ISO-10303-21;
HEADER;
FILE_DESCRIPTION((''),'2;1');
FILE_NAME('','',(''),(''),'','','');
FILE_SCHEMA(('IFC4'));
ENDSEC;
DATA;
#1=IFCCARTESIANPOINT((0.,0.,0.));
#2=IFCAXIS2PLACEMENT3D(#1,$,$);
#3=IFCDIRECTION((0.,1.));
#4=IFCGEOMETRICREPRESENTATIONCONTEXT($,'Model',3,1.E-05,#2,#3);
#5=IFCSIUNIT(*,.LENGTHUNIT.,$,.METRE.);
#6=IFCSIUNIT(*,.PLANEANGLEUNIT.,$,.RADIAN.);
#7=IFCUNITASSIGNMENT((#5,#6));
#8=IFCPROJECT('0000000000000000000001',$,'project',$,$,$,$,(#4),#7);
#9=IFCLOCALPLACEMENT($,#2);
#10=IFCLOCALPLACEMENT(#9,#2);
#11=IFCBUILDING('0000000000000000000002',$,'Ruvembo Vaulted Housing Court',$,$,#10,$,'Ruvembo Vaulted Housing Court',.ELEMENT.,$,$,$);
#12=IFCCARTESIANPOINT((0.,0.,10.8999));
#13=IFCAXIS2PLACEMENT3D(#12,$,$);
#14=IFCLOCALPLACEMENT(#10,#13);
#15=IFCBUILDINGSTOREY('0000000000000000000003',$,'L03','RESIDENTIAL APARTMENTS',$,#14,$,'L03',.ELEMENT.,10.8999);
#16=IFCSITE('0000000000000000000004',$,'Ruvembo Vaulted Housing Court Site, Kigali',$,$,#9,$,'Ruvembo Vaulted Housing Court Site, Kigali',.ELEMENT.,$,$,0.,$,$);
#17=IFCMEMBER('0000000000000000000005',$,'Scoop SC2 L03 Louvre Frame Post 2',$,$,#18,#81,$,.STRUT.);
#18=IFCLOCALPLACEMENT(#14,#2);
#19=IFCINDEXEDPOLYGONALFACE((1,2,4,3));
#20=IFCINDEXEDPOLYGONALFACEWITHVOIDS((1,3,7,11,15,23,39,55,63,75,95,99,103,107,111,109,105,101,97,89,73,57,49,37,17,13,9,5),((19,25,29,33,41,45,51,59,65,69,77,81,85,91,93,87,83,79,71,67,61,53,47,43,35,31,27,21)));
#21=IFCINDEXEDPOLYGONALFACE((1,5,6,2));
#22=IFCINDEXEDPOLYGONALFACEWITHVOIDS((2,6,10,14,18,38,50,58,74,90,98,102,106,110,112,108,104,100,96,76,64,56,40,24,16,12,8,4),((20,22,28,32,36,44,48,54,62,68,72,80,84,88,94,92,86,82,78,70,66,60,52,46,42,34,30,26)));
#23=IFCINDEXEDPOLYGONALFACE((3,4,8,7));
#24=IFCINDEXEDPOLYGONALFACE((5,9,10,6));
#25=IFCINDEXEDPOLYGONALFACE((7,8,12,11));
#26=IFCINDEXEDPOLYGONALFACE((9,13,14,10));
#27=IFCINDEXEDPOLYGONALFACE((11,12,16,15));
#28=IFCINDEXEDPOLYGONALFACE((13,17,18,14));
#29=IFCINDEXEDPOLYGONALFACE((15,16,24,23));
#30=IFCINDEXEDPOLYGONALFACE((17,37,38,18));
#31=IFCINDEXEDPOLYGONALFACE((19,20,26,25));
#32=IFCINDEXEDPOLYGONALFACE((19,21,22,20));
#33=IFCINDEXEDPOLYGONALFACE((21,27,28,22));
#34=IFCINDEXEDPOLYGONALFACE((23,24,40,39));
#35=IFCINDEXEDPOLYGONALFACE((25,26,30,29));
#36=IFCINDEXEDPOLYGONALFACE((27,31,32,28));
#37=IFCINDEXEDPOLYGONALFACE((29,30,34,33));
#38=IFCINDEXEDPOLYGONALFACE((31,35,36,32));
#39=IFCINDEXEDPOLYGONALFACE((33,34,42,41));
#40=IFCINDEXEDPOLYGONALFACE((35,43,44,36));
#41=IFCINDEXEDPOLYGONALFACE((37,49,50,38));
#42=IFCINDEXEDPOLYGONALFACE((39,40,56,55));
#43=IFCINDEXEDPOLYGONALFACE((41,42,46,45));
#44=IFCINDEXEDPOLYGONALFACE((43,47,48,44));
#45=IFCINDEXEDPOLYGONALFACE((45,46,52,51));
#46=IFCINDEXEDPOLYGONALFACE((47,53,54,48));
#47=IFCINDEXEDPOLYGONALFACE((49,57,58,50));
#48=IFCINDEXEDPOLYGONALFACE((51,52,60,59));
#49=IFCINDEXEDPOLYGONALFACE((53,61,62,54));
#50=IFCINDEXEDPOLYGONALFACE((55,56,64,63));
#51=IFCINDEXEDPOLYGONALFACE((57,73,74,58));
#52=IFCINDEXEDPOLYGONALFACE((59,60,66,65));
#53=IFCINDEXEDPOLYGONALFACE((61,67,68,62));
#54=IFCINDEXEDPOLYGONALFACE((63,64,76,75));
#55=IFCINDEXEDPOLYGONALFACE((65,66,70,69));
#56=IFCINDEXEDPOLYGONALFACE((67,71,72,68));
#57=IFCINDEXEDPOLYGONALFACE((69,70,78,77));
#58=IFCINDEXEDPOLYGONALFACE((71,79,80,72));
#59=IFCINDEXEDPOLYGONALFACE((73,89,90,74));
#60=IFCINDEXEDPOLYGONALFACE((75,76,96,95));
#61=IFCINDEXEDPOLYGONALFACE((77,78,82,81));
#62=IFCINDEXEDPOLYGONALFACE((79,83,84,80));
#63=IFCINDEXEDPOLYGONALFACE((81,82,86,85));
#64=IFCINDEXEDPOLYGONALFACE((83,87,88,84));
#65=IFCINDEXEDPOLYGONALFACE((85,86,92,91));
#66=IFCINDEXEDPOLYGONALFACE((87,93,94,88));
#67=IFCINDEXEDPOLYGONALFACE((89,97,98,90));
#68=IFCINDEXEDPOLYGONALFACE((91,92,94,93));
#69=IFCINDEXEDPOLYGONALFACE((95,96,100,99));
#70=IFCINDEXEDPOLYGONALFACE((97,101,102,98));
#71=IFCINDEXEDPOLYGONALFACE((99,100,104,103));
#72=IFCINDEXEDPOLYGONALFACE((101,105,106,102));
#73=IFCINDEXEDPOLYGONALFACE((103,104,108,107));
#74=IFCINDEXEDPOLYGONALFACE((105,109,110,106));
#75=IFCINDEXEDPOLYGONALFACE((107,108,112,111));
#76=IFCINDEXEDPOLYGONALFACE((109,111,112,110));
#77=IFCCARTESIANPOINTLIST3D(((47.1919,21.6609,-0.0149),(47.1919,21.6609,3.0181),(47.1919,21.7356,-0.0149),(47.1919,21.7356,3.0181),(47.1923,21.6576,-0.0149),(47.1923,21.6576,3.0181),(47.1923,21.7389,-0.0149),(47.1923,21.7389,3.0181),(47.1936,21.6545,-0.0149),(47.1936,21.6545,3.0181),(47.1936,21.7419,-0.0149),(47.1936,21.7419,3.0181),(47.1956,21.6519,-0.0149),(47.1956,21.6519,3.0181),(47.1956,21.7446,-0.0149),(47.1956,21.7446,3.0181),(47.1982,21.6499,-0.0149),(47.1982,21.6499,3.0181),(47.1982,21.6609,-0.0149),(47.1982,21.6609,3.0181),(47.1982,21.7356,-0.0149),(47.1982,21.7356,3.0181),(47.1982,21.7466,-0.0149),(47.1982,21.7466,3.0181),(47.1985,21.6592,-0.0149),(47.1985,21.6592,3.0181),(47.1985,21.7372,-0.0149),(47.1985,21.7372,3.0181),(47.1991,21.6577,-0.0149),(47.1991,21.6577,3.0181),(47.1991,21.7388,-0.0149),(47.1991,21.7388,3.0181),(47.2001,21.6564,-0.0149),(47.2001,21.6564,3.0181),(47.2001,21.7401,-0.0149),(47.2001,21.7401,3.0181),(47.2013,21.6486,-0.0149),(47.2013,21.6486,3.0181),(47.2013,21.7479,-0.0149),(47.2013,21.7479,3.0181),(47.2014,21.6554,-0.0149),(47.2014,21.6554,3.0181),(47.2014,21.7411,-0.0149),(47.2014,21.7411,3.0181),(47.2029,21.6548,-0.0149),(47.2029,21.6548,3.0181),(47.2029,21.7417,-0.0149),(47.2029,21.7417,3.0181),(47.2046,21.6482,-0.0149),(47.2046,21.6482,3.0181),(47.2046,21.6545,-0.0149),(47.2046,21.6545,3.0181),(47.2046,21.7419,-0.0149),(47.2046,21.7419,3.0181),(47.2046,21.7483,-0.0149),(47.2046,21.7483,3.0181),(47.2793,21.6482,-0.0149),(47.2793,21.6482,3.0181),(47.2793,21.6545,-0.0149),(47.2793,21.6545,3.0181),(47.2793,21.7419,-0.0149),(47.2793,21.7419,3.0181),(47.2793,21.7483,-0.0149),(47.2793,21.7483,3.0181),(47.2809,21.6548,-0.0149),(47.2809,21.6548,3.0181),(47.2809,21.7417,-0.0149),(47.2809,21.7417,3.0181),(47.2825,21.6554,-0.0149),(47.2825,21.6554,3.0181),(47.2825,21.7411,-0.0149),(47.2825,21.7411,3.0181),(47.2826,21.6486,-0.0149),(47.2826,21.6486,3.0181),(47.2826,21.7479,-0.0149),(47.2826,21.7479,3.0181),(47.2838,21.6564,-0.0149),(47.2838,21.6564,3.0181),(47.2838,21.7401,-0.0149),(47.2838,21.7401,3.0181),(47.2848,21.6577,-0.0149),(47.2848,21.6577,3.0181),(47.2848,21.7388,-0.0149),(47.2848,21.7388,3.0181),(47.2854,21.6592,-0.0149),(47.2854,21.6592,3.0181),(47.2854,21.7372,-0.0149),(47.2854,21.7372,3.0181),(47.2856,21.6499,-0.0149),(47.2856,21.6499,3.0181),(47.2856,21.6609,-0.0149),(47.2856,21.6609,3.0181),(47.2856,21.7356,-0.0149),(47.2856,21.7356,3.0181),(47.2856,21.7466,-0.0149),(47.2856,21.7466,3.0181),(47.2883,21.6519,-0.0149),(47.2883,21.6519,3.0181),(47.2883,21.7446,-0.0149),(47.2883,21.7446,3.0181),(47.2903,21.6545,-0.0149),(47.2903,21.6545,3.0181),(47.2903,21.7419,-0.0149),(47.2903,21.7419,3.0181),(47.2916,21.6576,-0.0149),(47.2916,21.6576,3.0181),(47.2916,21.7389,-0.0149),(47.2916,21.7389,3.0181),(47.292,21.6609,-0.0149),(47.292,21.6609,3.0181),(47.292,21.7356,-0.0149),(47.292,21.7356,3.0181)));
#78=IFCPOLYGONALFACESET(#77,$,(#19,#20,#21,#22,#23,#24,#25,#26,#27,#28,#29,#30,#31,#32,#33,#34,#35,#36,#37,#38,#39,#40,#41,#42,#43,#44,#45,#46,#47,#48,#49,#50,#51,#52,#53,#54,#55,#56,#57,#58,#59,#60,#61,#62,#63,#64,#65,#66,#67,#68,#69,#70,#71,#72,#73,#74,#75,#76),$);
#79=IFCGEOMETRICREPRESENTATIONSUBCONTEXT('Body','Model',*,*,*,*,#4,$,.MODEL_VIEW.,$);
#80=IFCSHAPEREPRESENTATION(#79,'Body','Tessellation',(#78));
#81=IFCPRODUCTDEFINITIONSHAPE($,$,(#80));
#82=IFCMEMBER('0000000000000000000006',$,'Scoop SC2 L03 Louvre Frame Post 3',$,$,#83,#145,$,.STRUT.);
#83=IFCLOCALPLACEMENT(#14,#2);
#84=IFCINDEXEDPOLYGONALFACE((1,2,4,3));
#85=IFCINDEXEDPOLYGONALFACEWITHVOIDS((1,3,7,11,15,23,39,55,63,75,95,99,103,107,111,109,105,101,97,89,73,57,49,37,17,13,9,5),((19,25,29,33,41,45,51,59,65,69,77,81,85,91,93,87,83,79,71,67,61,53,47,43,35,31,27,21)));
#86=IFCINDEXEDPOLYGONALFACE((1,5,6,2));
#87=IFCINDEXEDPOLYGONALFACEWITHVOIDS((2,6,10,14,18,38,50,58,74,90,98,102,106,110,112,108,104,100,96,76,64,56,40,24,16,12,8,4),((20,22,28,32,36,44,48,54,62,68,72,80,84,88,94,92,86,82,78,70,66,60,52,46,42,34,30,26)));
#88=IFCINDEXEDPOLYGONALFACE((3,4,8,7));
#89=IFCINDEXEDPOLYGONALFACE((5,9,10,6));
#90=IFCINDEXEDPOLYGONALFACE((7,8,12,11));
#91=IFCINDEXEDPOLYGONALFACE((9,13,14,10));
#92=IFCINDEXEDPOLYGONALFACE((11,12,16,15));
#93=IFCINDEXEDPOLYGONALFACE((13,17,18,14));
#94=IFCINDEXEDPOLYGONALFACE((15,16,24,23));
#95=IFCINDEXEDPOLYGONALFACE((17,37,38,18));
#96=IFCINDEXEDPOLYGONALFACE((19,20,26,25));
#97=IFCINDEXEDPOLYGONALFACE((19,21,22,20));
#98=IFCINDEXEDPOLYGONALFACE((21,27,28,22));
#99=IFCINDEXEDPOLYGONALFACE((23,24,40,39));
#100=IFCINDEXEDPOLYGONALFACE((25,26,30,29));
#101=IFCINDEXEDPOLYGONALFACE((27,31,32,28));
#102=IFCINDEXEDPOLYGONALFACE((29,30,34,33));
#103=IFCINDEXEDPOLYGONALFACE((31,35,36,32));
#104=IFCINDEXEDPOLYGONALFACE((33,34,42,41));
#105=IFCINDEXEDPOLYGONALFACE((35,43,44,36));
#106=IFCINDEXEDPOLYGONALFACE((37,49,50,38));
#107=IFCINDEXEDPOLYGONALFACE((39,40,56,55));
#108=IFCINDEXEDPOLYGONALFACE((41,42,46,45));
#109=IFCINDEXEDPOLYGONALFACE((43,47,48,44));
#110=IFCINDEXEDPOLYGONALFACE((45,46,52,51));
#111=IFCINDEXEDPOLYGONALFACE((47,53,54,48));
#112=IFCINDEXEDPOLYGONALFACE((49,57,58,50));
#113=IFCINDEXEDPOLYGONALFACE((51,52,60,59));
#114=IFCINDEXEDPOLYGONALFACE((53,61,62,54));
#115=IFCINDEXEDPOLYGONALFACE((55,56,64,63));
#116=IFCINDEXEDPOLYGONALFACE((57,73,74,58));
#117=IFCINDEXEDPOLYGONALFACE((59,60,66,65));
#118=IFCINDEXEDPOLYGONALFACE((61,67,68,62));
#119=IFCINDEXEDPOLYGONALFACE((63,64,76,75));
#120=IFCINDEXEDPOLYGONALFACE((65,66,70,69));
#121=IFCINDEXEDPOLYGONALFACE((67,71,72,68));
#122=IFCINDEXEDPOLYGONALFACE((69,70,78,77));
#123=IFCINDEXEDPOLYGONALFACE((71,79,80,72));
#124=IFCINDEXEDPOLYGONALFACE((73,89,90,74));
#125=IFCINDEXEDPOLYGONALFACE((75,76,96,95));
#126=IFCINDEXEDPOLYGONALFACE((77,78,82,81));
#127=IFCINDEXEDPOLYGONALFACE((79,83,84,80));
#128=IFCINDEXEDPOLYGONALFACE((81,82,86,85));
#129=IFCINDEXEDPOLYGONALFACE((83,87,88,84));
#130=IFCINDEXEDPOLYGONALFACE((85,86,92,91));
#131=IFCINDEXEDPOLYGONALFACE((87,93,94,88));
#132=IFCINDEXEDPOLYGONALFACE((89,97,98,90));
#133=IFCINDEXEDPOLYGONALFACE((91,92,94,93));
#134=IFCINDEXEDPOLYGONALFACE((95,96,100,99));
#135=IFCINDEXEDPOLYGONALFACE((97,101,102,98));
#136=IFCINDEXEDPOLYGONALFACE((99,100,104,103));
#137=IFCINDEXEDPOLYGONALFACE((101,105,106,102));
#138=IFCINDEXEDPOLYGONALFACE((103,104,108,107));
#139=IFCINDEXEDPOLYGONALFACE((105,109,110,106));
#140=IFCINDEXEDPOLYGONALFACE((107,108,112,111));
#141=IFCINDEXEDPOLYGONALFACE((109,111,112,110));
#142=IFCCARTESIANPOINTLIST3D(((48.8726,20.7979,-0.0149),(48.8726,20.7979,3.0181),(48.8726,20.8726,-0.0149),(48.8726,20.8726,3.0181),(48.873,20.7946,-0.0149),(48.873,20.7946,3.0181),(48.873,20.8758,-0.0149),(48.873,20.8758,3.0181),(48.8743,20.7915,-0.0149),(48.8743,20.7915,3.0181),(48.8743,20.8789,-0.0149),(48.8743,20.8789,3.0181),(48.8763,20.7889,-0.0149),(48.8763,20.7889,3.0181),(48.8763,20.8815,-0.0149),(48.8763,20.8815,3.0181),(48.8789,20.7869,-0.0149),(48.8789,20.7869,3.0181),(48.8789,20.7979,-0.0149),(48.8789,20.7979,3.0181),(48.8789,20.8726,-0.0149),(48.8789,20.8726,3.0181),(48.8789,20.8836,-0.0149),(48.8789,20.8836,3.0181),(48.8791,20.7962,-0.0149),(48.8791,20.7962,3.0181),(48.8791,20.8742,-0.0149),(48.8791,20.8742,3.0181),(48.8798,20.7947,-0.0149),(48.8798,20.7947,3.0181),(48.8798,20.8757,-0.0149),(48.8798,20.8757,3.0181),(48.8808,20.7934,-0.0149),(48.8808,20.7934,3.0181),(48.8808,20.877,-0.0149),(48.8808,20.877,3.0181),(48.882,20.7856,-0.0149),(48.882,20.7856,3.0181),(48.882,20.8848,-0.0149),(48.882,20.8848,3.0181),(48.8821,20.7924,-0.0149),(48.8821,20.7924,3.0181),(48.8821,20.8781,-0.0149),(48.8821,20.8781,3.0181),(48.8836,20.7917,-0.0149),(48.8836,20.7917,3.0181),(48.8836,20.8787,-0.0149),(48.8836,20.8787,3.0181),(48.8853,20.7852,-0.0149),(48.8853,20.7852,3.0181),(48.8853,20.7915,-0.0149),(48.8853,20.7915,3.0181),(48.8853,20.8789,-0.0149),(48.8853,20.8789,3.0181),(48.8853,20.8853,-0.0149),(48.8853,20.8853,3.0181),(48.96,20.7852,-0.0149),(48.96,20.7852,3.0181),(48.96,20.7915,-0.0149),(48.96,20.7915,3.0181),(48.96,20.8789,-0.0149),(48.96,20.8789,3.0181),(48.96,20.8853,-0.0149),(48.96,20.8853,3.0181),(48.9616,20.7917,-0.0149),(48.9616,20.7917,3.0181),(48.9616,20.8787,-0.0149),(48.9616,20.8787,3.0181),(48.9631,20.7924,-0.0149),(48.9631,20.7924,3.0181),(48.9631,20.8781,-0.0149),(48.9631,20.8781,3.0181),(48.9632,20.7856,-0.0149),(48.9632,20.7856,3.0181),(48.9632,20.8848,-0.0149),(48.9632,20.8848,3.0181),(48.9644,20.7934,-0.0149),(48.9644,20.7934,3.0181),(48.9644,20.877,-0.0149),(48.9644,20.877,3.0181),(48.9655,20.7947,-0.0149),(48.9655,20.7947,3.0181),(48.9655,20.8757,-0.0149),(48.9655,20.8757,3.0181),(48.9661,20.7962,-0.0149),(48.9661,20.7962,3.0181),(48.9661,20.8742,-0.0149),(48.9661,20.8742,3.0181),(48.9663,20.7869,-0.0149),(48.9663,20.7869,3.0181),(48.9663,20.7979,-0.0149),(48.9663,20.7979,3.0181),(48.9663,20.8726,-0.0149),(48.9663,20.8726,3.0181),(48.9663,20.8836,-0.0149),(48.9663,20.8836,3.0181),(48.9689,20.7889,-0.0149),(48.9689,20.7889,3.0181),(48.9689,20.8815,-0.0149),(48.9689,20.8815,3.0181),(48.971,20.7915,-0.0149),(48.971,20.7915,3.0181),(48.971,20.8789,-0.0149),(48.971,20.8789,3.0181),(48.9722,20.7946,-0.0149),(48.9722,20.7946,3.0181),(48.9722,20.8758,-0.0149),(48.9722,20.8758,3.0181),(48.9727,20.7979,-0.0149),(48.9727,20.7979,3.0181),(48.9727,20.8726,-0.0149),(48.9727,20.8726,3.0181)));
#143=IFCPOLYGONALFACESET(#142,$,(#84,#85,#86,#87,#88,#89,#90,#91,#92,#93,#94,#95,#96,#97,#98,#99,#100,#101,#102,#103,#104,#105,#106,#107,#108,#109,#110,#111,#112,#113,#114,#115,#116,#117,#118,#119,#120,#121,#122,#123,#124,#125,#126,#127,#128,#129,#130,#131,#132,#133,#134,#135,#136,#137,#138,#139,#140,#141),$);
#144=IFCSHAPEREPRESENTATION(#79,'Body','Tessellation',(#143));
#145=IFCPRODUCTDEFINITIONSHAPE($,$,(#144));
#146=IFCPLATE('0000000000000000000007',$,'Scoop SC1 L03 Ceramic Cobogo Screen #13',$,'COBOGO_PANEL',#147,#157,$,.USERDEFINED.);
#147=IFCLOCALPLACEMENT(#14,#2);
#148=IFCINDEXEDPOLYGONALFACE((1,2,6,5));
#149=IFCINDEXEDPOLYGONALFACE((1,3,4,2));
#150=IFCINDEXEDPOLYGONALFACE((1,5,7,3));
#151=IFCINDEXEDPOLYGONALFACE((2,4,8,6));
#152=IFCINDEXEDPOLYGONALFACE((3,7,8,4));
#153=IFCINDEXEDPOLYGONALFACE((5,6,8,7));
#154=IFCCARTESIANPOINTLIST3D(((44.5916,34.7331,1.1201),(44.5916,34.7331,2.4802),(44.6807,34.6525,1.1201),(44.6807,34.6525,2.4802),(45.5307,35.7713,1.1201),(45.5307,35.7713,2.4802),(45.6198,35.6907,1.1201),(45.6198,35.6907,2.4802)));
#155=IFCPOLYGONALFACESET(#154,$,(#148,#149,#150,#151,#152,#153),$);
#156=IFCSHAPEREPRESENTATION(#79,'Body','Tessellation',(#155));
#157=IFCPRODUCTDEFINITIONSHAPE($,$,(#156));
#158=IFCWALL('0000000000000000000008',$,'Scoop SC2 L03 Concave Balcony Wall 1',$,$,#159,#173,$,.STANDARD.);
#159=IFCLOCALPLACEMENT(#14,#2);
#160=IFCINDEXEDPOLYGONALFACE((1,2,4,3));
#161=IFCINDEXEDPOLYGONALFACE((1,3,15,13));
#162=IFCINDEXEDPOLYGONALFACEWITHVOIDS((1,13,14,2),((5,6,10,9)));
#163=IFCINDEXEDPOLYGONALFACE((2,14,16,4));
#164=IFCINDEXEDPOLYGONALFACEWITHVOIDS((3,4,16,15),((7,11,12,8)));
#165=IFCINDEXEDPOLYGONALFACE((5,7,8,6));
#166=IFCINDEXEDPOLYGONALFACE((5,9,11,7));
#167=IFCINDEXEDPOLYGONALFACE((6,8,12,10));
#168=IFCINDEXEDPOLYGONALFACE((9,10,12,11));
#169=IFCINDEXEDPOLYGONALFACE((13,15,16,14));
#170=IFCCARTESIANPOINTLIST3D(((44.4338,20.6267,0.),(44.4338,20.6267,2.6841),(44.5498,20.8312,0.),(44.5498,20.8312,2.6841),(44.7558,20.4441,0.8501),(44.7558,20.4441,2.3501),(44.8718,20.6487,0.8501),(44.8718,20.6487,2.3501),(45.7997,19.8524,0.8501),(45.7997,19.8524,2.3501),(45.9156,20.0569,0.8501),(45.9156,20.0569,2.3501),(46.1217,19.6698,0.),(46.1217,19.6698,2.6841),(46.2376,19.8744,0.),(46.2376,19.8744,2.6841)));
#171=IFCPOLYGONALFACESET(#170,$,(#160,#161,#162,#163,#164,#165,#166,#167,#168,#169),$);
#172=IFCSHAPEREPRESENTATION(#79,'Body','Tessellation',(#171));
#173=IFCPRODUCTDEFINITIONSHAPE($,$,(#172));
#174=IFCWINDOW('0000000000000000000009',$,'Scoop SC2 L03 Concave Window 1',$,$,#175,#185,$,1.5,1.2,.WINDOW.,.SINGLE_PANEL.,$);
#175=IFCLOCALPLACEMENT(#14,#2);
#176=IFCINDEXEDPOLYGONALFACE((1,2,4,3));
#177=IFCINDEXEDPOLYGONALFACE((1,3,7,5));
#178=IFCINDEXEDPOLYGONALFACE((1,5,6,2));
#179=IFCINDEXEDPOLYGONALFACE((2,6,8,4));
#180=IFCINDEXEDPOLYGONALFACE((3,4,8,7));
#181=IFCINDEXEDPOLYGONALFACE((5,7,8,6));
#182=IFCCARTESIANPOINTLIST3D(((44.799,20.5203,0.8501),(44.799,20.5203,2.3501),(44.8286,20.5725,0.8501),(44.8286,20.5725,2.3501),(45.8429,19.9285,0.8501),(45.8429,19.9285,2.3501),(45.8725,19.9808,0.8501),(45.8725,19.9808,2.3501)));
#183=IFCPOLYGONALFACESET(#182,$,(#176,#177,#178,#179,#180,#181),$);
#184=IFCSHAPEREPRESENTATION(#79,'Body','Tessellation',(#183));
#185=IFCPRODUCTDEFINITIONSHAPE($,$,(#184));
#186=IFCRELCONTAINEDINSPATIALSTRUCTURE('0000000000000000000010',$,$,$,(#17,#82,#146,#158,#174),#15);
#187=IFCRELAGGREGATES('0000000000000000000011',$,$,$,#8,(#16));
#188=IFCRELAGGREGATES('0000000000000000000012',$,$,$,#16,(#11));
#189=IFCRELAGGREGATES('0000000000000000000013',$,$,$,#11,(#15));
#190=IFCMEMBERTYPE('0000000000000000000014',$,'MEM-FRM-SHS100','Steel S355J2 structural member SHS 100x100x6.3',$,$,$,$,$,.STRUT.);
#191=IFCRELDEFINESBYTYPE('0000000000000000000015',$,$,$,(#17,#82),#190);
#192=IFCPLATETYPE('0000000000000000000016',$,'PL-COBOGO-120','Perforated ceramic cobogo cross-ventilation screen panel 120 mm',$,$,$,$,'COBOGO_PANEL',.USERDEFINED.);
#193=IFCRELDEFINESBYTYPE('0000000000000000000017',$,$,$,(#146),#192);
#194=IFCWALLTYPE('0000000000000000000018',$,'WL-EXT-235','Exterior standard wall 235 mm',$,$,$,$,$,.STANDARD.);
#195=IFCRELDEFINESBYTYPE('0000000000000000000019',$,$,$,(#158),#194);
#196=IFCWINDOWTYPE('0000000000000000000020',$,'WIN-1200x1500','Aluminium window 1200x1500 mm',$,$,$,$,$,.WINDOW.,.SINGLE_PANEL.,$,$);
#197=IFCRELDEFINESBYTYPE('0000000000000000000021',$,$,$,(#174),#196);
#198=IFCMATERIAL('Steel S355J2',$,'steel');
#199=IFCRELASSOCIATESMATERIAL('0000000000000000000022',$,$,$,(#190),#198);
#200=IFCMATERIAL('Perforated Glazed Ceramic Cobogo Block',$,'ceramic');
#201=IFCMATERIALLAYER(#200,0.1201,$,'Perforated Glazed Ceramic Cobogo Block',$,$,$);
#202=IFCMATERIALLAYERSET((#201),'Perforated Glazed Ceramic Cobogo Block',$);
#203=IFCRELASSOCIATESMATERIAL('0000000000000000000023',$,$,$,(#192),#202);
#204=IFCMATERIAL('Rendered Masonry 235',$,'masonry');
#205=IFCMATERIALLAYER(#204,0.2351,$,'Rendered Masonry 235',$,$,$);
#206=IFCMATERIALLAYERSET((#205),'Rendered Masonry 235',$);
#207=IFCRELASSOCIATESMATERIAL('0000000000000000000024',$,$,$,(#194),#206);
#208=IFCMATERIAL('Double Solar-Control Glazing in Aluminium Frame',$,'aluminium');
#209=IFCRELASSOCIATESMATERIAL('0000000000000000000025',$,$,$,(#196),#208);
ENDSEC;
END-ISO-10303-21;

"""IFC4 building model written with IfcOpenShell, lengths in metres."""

from ifc_helpers import new_model, si_unit, direction, frame, frame_2d, origin, origin_2d, place, context, subcontext, project, spatial, rectangle, hollow_rectangle, extrude, material, layer, layer_set, material_profile, profile_set, type_object, element, fill, save


model = new_model("IFC4")

# Units and contexts
model_context = context("Model", 3, precision=1e-05, world=origin(), true_north=direction((0.0, 1.0)))
body_context = subcontext(model_context, "Body", "Model", "MODEL_VIEW")
ifc_project = project(units=[si_unit("LENGTHUNIT", "METRE"), si_unit("PLANEANGLEUNIT", "RADIAN")], contexts=[model_context])

# Site, building, storey
site_placement = place(None, origin())
site = spatial("IfcSite", under=ifc_project, at=site_placement, Name="Ruvembo Vaulted Housing Court Site, Kigali", LongName="Ruvembo Vaulted Housing Court Site, Kigali", CompositionType="ELEMENT", RefElevation=0.0)
building_placement = place(site_placement, origin())
building = spatial("IfcBuilding", under=site, at=building_placement, Name="Ruvembo Vaulted Housing Court", LongName="Ruvembo Vaulted Housing Court", CompositionType="ELEMENT")
storey_placement = place(building_placement, frame((0.0, 0.0, 10.8999)))
storey = spatial("IfcBuildingStorey", under=building, at=storey_placement, Name="L03", Description="RESIDENTIAL APARTMENTS", LongName="L03", CompositionType="ELEMENT", Elevation=10.8999)

# Shared definitions
ifc_material_1 = material(Name="Steel S355J2", Category="steel")

# Members
ifc_material_profile_1 = material_profile(ifc_material_1, hollow_rectangle(XDim=0.1001, YDim=0.1001, WallThickness=0.0063, InnerFilletRadius=0.0063, OuterFilletRadius=0.0127, at=origin_2d()), Name="SHS 100x100x6.3")
ifc_profile_set_1 = profile_set([ifc_material_profile_1], Name="Steel S355J2")
member_type_1 = type_object("IfcMemberType", Name="MEM-FRM-SHS100", Description="Steel S355J2 structural member SHS 100x100x6.3", PredefinedType="STRUT", material=ifc_profile_set_1)
for number, where, z_axis, x_axis, name in (
    (1, (47.2419, 21.6982, -0.0149), (0.0, 0.0, 1.0), (1.0, 0.0, 0.0), "Scoop SC2 L03 Louvre Frame Post 2"),
    (2, (48.9226, 20.8352, -0.0149), (0.0, 0.0, 1.0), (1.0, 0.0, 0.0), "Scoop SC2 L03 Louvre Frame Post 3"),
):
    element("IfcMember", number, at=place(storey_placement, frame(where, z_axis=z_axis, x_axis=x_axis)), inside=storey, type_object=member_type_1, Name=name, PredefinedType="STRUT", context=body_context, shape_type="SweptSolid", body=[
        extrude(hollow_rectangle(XDim=0.1001, YDim=0.1001, WallThickness=0.0063, InnerFilletRadius=0.0063, OuterFilletRadius=0.0127, at=origin_2d()), origin(), (0.0, 0.0, 1.0), 3.033),
    ])

# Plate
ifc_material_2 = material(Name="Perforated Glazed Ceramic Cobogo Block", Category="ceramic")
ifc_layer_1 = layer(ifc_material_2, 0.1201, Name="Perforated Glazed Ceramic Cobogo Block")
ifc_layer_set_1 = layer_set([ifc_layer_1], Name="Perforated Glazed Ceramic Cobogo Block")
plate_type = type_object("IfcPlateType", Name="PL-COBOGO-120", Description="Perforated ceramic cobogo cross-ventilation screen panel 120 mm", ElementType="COBOGO_PANEL", PredefinedType="USERDEFINED", material=ifc_layer_set_1)
plate_placement = place(storey_placement, frame((45.1057, 35.2119, 1.1201), z_axis=(0.0, 0.0, 1.0), x_axis=(0.670815, 0.741625, 0.0)))
element("IfcPlate", 3, at=plate_placement, inside=storey, type_object=plate_type, Name="Scoop SC1 L03 Ceramic Cobogo Screen #13", ObjectType="COBOGO_PANEL", PredefinedType="USERDEFINED", context=body_context, shape_type="SweptSolid", body=[
    extrude(rectangle(XDim=1.3999, YDim=0.1201, at=origin_2d()), origin(), (0.0, 0.0, 1.0), 1.3601),
])

# Wall, opening, window
ifc_material_3 = material(Name="Rendered Masonry 235", Category="masonry")
ifc_layer_2 = layer(ifc_material_3, 0.2351, Name="Rendered Masonry 235")
ifc_layer_set_2 = layer_set([ifc_layer_2], Name="Rendered Masonry 235")
wall_type = type_object("IfcWallType", Name="WL-EXT-235", Description="Exterior standard wall 235 mm", PredefinedType="STANDARD", material=ifc_layer_set_2)
wall_placement = place(storey_placement, frame((44.4917, 20.729, 0.0), z_axis=(0.0, 0.0, 1.0), x_axis=(0.869934, -0.493168, 0.0)))
wall = element("IfcWall", 4, at=wall_placement, inside=storey, type_object=wall_type, Name="Scoop SC2 L03 Concave Balcony Wall 1", PredefinedType="STANDARD", context=body_context, shape_type="SweptSolid", body=[
    extrude(rectangle(XDim=1.9402, YDim=0.2351, at=frame_2d((0.9702, 0.0))), origin(), (0.0, 0.0, 1.0), 2.6841),
])
opening_placement = place(wall_placement, frame((0.3701, 0.0, 0.8501)))
opening = element("IfcOpeningElement", 5, at=opening_placement, cuts=wall, PredefinedType="OPENING", context=body_context, shape_type="SweptSolid", body=[
    extrude(rectangle(XDim=1.2, YDim=1.5, at=frame_2d((0.6001, 0.75))), frame((0.0, 0.1274, 0.0), z_axis=(0.0, -1.0, 0.0), x_axis=(1.0, 0.0, 0.0)), (0.0, 0.0, 1.0), 0.2551),
])
ifc_material_4 = material(Name="Double Solar-Control Glazing in Aluminium Frame", Category="aluminium")
window_type = type_object("IfcWindowType", Name="WIN-1200x1500", Description="Aluminium window 1200x1500 mm", PartitioningType="SINGLE_PANEL", PredefinedType="WINDOW", material=ifc_material_4)
window_placement = place(opening_placement, origin())
window = element("IfcWindow", 6, at=window_placement, inside=storey, type_object=window_type, Name="Scoop SC2 L03 Concave Window 1", OverallHeight=1.5, OverallWidth=1.2, PartitioningType="SINGLE_PANEL", PredefinedType="WINDOW", context=body_context, shape_type="SweptSolid", body=[
    extrude(rectangle(XDim=1.2, YDim=1.5, at=frame_2d((0.6001, 0.75))), frame((0.0, 0.03, 0.0), z_axis=(0.0, -1.0, 0.0), x_axis=(1.0, 0.0, 0.0)), (0.0, 0.0, 1.0), 0.0601),
])
fill(opening, window)

save(model, "model.ifc")
